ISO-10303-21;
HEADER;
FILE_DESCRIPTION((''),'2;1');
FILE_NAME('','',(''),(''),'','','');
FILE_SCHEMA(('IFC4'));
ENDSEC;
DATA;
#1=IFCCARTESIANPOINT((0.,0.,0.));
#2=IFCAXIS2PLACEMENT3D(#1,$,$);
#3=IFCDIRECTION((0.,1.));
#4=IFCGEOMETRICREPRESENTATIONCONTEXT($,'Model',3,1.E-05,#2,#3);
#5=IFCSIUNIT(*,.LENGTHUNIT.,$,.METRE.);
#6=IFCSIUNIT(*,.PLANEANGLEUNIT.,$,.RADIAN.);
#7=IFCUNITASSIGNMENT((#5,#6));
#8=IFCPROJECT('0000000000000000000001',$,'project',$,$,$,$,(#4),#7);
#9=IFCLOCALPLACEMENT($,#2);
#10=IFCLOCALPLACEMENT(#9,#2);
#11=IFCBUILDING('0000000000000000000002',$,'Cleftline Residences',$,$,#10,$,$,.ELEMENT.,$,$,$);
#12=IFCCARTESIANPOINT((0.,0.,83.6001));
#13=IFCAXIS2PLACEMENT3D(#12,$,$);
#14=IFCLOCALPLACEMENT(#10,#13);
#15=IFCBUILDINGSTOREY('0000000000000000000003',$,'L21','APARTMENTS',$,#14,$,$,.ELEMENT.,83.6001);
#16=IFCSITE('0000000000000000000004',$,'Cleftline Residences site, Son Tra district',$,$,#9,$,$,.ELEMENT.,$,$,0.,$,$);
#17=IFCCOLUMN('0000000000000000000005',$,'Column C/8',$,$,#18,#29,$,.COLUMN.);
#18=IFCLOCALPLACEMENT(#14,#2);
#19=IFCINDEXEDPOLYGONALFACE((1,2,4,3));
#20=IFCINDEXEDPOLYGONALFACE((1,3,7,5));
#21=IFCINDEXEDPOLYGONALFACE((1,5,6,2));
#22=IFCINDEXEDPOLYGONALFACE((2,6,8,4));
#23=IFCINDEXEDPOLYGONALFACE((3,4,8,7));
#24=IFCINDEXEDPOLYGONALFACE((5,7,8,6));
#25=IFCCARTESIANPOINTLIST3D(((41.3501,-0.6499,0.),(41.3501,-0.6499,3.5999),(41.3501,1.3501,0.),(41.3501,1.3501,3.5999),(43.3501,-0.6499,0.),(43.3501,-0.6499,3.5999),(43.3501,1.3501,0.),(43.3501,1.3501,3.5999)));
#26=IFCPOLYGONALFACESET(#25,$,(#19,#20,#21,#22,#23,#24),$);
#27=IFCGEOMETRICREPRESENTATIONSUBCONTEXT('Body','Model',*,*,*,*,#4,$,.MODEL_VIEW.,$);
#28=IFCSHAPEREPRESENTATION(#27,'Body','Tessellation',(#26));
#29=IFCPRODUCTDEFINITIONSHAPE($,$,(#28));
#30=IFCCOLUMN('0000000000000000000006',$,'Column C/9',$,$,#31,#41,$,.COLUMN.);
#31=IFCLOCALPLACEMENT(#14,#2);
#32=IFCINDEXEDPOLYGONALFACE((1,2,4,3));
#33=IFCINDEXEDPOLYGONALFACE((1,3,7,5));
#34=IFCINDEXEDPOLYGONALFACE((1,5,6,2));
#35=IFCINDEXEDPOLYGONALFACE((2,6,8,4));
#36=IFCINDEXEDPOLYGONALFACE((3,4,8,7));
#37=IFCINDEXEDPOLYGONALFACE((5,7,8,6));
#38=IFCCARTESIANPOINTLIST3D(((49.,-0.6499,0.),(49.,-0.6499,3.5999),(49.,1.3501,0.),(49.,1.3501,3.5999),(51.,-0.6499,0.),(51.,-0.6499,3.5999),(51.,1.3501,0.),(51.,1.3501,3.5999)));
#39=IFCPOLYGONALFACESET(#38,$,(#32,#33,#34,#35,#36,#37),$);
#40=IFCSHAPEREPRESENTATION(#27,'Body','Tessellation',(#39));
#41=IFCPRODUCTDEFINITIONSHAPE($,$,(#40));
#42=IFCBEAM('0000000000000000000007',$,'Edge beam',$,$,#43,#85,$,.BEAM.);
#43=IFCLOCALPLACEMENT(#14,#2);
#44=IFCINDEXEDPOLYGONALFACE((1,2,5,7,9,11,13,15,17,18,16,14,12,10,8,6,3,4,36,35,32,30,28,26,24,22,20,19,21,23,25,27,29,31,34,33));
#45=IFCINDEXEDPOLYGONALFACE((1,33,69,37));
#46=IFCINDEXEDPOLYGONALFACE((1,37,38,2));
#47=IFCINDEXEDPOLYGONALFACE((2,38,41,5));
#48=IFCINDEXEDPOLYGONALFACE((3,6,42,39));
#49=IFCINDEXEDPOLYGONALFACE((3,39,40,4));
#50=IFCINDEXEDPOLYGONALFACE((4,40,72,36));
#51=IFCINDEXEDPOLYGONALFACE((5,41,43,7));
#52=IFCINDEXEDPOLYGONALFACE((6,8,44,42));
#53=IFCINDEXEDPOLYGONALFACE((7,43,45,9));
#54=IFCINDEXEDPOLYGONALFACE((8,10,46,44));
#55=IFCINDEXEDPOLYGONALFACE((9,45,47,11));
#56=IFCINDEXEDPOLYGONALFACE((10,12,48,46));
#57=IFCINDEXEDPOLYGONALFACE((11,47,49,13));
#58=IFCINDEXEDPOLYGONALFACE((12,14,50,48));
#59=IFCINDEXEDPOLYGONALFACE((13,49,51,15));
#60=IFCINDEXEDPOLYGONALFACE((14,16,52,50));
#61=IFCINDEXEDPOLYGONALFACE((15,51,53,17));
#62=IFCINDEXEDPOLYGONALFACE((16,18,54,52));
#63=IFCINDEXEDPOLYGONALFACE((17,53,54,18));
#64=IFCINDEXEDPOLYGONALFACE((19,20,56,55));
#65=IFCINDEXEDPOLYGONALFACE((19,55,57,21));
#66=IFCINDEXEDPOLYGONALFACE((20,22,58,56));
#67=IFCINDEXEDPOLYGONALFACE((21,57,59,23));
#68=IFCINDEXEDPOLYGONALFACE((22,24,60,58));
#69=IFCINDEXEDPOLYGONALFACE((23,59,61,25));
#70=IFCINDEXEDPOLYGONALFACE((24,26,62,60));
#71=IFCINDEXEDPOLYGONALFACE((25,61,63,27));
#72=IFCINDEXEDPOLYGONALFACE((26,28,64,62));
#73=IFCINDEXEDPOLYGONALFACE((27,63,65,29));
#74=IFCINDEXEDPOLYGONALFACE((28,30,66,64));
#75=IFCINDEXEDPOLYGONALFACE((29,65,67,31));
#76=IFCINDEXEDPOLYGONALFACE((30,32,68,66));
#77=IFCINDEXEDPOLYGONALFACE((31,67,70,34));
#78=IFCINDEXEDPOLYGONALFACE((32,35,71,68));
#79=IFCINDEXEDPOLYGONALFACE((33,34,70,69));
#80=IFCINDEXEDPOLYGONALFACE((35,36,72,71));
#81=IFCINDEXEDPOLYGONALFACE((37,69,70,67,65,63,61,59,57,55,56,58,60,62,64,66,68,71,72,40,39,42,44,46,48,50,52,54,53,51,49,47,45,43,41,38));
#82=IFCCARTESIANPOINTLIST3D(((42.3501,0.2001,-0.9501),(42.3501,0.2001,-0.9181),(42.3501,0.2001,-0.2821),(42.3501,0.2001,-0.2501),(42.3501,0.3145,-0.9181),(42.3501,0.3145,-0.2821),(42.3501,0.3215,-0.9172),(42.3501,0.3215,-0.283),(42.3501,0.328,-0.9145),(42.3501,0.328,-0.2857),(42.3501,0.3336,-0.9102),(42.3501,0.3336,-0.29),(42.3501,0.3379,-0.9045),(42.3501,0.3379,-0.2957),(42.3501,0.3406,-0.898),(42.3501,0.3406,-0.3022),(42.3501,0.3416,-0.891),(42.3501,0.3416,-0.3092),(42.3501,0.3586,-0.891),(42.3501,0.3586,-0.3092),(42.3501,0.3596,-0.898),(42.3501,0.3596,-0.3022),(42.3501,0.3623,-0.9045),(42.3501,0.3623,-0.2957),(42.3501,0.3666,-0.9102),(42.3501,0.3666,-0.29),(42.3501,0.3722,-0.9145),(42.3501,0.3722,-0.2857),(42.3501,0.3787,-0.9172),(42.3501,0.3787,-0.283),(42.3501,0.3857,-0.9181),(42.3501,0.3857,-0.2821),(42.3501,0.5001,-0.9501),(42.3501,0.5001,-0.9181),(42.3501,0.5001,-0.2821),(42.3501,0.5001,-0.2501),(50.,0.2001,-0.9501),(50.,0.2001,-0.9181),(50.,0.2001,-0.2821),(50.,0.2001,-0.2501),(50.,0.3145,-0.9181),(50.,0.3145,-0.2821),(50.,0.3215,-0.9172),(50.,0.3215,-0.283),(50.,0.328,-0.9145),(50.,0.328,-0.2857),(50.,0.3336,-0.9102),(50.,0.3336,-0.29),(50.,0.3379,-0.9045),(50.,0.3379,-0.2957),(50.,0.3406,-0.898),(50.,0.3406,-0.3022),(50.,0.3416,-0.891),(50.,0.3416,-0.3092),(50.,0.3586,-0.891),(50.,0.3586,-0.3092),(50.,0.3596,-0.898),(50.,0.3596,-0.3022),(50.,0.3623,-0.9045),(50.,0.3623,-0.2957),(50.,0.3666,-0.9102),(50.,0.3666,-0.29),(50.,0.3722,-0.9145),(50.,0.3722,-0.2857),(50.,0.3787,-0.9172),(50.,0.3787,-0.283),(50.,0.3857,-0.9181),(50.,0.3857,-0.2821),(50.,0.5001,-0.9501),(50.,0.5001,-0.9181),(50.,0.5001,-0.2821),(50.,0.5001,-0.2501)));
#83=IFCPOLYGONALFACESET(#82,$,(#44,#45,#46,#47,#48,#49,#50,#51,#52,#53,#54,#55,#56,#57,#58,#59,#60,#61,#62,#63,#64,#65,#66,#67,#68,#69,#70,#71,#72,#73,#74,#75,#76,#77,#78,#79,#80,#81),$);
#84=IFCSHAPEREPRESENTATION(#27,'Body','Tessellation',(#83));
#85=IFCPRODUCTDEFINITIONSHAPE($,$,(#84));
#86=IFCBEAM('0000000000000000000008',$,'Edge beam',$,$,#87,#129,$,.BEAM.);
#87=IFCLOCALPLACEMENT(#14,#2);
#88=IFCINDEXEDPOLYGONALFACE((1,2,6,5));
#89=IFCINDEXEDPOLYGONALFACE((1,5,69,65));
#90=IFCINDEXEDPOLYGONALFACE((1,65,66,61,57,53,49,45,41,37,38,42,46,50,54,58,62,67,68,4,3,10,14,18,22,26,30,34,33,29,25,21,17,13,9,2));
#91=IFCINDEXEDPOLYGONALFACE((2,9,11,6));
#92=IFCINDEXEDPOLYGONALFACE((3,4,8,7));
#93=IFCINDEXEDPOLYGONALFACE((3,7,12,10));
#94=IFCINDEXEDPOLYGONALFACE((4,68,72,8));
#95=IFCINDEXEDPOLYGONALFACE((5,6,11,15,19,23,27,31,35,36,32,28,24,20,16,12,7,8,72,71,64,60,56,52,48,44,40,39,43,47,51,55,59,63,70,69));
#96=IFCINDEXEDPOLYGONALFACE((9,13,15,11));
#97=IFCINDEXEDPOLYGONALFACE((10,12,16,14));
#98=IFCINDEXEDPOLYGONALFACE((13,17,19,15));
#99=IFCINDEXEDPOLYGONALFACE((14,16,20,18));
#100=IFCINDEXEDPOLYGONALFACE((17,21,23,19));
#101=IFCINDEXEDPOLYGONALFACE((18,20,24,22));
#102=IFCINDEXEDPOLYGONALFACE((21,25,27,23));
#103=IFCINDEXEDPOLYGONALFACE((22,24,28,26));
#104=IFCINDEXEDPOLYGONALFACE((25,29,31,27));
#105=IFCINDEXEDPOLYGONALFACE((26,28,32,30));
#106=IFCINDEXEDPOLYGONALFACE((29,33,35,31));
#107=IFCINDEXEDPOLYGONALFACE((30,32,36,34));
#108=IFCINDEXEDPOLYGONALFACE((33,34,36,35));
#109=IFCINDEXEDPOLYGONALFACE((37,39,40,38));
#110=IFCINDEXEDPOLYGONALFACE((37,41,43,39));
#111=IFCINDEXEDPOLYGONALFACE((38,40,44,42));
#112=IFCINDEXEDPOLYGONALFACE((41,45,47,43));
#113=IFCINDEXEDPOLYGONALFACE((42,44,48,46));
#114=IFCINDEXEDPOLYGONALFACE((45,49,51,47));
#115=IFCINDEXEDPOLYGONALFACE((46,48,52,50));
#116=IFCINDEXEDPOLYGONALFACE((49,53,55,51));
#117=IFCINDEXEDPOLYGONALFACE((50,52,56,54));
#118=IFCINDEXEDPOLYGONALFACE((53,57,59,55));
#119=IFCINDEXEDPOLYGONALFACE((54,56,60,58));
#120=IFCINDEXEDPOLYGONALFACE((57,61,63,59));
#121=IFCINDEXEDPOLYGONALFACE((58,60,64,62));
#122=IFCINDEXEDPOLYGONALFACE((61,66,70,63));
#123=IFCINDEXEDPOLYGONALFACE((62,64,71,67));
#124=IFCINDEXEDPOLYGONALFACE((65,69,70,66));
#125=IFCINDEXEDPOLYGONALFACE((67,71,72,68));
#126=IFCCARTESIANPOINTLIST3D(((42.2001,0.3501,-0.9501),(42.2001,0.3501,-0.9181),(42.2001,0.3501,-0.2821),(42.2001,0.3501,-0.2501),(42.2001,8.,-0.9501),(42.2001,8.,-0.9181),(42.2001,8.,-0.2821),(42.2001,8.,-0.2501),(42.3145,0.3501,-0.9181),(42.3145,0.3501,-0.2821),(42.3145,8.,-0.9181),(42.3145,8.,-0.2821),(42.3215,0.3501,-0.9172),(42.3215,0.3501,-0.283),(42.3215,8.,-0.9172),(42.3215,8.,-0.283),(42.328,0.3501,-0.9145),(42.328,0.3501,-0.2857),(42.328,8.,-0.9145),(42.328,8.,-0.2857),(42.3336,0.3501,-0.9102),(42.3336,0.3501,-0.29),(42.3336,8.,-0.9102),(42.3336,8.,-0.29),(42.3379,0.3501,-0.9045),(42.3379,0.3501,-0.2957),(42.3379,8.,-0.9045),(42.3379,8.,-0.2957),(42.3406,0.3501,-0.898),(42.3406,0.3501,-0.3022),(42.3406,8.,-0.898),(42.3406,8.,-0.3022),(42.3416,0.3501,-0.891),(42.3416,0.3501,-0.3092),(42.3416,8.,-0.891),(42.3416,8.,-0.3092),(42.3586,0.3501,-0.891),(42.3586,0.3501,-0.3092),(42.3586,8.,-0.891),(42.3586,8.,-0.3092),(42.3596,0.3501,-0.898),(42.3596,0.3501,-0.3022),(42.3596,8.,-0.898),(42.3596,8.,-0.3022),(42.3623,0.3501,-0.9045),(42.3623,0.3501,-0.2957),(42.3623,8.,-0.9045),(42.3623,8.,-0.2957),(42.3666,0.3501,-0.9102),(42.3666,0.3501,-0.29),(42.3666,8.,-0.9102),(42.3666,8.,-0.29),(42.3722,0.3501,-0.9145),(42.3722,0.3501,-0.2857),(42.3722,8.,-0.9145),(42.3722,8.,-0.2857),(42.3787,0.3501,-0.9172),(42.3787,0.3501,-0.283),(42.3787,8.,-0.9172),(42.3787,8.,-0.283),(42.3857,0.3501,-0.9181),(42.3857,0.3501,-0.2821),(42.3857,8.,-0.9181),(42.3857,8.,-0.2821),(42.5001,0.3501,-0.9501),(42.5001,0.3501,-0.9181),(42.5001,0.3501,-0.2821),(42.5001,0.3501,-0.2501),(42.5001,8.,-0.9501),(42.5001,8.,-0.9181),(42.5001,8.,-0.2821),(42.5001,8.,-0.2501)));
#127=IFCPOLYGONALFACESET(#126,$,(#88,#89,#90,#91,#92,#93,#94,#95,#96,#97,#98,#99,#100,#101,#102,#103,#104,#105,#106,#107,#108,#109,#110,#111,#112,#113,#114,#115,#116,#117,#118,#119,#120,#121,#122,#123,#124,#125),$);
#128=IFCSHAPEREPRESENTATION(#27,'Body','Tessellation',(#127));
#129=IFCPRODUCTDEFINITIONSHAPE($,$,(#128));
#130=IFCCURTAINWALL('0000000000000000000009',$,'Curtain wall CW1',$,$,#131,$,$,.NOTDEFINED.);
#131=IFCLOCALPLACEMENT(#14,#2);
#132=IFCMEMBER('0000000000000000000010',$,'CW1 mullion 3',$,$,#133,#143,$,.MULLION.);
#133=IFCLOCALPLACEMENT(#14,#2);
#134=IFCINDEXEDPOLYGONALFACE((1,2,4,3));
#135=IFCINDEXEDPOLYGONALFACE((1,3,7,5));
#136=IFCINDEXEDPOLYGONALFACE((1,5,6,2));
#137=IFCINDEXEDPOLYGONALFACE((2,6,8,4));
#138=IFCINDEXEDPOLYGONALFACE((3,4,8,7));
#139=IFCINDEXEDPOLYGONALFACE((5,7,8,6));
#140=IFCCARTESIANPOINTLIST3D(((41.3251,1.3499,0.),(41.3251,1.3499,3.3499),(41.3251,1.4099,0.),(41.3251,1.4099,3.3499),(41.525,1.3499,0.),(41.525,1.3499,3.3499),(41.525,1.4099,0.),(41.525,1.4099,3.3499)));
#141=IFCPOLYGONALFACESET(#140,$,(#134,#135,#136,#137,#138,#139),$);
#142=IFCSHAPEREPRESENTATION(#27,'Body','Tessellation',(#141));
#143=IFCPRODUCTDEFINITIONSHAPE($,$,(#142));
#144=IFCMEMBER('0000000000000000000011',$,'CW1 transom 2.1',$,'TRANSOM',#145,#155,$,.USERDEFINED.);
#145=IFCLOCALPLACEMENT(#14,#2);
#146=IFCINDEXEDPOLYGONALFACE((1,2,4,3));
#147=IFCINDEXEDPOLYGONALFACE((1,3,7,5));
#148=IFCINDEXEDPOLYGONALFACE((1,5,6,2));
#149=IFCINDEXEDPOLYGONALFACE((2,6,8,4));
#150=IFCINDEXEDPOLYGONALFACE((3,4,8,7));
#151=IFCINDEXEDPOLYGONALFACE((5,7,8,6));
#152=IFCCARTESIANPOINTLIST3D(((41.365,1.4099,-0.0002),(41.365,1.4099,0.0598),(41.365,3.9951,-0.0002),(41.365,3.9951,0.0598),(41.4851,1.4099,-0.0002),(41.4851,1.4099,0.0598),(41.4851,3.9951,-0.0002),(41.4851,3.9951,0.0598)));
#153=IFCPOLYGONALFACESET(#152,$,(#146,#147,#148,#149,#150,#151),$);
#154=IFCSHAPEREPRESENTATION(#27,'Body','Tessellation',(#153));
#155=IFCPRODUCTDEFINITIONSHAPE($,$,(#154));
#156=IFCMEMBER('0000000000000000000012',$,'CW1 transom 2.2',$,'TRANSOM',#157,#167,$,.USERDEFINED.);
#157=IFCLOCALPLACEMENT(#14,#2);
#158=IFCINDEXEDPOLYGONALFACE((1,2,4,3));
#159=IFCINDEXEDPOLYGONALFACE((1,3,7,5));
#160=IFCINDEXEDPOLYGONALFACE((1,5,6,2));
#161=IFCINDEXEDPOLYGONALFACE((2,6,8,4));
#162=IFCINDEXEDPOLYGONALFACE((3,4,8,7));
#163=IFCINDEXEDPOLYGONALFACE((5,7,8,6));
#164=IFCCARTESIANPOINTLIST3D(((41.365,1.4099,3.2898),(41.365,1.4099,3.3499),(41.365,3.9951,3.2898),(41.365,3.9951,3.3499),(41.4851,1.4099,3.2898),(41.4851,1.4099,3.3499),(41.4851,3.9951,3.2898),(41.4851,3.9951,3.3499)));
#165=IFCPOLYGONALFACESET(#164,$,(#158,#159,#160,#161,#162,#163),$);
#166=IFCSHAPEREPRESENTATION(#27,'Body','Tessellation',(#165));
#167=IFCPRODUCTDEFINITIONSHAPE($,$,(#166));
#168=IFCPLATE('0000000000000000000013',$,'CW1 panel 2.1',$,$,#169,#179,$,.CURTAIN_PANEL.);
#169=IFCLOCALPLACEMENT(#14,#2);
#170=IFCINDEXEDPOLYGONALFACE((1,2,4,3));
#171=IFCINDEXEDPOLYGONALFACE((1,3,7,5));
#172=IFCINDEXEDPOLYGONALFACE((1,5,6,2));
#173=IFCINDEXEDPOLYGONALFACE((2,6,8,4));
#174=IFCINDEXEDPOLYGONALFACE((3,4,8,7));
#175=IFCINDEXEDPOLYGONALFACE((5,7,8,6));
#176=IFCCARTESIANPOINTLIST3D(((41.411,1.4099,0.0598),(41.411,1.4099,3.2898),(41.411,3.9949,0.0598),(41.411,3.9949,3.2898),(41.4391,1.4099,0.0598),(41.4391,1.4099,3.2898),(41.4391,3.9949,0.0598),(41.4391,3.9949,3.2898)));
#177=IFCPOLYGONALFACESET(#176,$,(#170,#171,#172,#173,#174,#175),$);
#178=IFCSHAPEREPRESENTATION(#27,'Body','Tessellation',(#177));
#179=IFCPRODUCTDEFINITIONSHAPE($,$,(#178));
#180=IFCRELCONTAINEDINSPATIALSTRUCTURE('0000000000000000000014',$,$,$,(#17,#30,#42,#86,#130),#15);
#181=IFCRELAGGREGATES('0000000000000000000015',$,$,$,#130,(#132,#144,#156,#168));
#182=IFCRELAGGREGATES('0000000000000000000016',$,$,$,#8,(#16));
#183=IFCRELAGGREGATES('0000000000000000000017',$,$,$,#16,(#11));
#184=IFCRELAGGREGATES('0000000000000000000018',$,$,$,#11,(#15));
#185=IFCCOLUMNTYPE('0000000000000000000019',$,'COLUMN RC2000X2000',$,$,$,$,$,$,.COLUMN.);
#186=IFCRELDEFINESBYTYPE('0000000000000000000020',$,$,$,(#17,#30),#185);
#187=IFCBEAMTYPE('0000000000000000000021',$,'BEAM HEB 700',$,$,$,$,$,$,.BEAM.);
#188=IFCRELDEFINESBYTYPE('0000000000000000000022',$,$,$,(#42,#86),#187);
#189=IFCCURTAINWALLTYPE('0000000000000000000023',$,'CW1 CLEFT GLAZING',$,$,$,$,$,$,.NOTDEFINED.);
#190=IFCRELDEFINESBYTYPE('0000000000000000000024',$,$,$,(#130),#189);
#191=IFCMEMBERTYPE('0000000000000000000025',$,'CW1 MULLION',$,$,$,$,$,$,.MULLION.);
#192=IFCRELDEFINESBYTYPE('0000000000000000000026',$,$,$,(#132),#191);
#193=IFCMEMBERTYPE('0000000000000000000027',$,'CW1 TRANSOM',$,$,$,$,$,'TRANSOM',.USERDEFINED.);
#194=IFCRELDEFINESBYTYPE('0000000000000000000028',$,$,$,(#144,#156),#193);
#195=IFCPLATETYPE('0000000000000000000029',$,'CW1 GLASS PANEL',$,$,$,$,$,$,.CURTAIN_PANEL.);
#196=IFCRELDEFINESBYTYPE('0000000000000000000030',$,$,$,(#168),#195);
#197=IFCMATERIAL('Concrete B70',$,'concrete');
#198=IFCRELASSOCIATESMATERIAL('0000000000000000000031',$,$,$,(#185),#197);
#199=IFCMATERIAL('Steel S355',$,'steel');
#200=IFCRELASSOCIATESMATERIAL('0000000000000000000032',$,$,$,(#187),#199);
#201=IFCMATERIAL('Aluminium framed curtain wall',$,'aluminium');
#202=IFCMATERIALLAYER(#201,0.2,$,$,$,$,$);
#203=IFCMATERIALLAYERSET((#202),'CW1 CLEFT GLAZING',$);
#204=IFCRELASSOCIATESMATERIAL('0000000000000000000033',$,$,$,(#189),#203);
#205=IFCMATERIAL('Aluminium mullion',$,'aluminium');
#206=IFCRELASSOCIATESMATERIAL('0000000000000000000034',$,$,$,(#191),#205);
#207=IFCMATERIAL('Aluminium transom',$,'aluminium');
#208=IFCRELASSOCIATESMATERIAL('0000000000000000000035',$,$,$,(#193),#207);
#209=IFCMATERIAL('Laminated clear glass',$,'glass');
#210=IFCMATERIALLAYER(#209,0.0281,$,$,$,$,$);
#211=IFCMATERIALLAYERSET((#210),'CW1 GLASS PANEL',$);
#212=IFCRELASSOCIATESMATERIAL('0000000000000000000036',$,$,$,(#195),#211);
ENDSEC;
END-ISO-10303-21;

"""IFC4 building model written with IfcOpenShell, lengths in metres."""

from ifc_helpers import new_model, si_unit, direction, frame, origin, origin_2d, place, context, subcontext, project, spatial, rectangle, i_section, extrude, material, layer, layer_set, material_profile, profile_set, type_object, element, aggregate, save


model = new_model("IFC4")

# Units and contexts
model_context = context("Model", 3, precision=1e-05, world=origin(), true_north=direction((0.0, 1.0)))
body_context = subcontext(model_context, "Body", "Model", "MODEL_VIEW")
ifc_project = project(units=[si_unit("LENGTHUNIT", "METRE"), si_unit("PLANEANGLEUNIT", "RADIAN")], contexts=[model_context])

# Site, building, storey
site_placement = place(None, origin())
site = spatial("IfcSite", under=ifc_project, at=site_placement, Name="Cleftline Residences site, Son Tra district", CompositionType="ELEMENT", RefElevation=0.0)
building_placement = place(site_placement, origin())
building = spatial("IfcBuilding", under=site, at=building_placement, Name="Cleftline Residences", CompositionType="ELEMENT")
storey_placement = place(building_placement, frame((0.0, 0.0, 83.6001)))
storey = spatial("IfcBuildingStorey", under=building, at=storey_placement, Name="L21", Description="APARTMENTS", CompositionType="ELEMENT", Elevation=83.6001)

# Columns
ifc_material_1 = material(Name="Concrete B70", Category="concrete")
ifc_material_profile_1 = material_profile(ifc_material_1, rectangle(XDim=2.0, YDim=2.0, at=origin_2d()))
ifc_profile_set_1 = profile_set([ifc_material_profile_1], Name="Concrete B70")
column_type = type_object("IfcColumnType", Name="COLUMN RC2000X2000", PredefinedType="COLUMN", material=ifc_profile_set_1)
for number, where, z_axis, x_axis, name in (
    (1, (42.3501, 0.3501, 0.0), (0.0, 0.0, 1.0), (1.0, 0.0, 0.0), "Column C/8"),
    (2, (50.0, 0.3501, 0.0), (0.0, 0.0, 1.0), (1.0, 0.0, 0.0), "Column C/9"),
):
    element("IfcColumn", number, at=place(storey_placement, frame(where, z_axis=z_axis, x_axis=x_axis)), inside=storey, type_object=column_type, Name=name, PredefinedType="COLUMN", context=body_context, shape_type="SweptSolid", body=[
        extrude(rectangle(XDim=2.0, YDim=2.0, at=origin_2d()), origin(), (0.0, 0.0, 1.0), 3.5999),
    ])

# Beams
ifc_material_2 = material(Name="Steel S355", Category="steel")
ifc_material_profile_2 = material_profile(ifc_material_2, i_section(OverallWidth=0.3, OverallDepth=0.7, WebThickness=0.0171, FlangeThickness=0.032, FilletRadius=0.0271, at=origin_2d()))
ifc_profile_set_2 = profile_set([ifc_material_profile_2], Name="Steel S355")
beam_type = type_object("IfcBeamType", Name="BEAM HEB 700", PredefinedType="BEAM", material=ifc_profile_set_2)
for number, where, z_axis, x_axis, name in (
    (3, (50.0, 0.3501, -0.6001), (-1.0, 0.0, 0.0), (0.0, -1.0, 0.0), "Edge beam"),
    (4, (42.3501, 0.3501, -0.6001), (0.0, 1.0, 0.0), (-1.0, 0.0, 0.0), "Edge beam"),
):
    element("IfcBeam", number, at=place(storey_placement, frame(where, z_axis=z_axis, x_axis=x_axis)), inside=storey, type_object=beam_type, Name=name, PredefinedType="BEAM", context=body_context, shape_type="SweptSolid", body=[
        extrude(i_section(OverallWidth=0.3, OverallDepth=0.7, WebThickness=0.0171, FlangeThickness=0.032, FilletRadius=0.0271, at=origin_2d()), origin(), (0.0, 0.0, 1.0), 7.6499),
    ])

# Curtain wall, members, plate
ifc_material_3 = material(Name="Aluminium framed curtain wall", Category="aluminium")
ifc_layer_1 = layer(ifc_material_3, 0.2)
ifc_layer_set_1 = layer_set([ifc_layer_1], Name="CW1 CLEFT GLAZING")
curtain_wall_type = type_object("IfcCurtainWallType", Name="CW1 CLEFT GLAZING", PredefinedType="NOTDEFINED", material=ifc_layer_set_1)
curtain_wall_placement = place(storey_placement, origin())
curtain_wall = element("IfcCurtainWall", 5, at=curtain_wall_placement, inside=storey, type_object=curtain_wall_type, Name="Curtain wall CW1", PredefinedType="NOTDEFINED")
ifc_material_4 = material(Name="Aluminium mullion", Category="aluminium")
ifc_material_profile_3 = material_profile(ifc_material_4, rectangle(XDim=0.2, YDim=0.0601, at=origin_2d()))
ifc_profile_set_3 = profile_set([ifc_material_profile_3], Name="Aluminium mullion")
member_type_1 = type_object("IfcMemberType", Name="CW1 MULLION", PredefinedType="MULLION", material=ifc_profile_set_3)
member_1_placement = place(storey_placement, frame((41.425, 1.3799, 0.0), z_axis=(0.0, 0.0, 1.0), x_axis=(1.0, 0.0, 0.0)))
member_1 = element("IfcMember", 6, at=member_1_placement, type_object=member_type_1, Name="CW1 mullion 3", PredefinedType="MULLION", context=body_context, shape_type="SweptSolid", body=[
    extrude(rectangle(XDim=0.2, YDim=0.0601, at=origin_2d()), origin(), (0.0, 0.0, 1.0), 3.3499),
])
ifc_material_5 = material(Name="Aluminium transom", Category="aluminium")
ifc_material_profile_4 = material_profile(ifc_material_5, rectangle(XDim=0.1201, YDim=0.0601, at=origin_2d()))
ifc_profile_set_4 = profile_set([ifc_material_profile_4], Name="Aluminium transom")
member_type_2 = type_object("IfcMemberType", Name="CW1 TRANSOM", ElementType="TRANSOM", PredefinedType="USERDEFINED", material=ifc_profile_set_4)
member_2_placement = place(storey_placement, frame((41.425, 3.9951, 0.0298), z_axis=(0.0, -1.0, 0.0), x_axis=(1.0, 0.0, 0.0)))
member_2 = element("IfcMember", 7, at=member_2_placement, type_object=member_type_2, Name="CW1 transom 2.1", ObjectType="TRANSOM", PredefinedType="USERDEFINED", context=body_context, shape_type="SweptSolid", body=[
    extrude(rectangle(XDim=0.1201, YDim=0.0601, at=origin_2d()), origin(), (0.0, 0.0, 1.0), 2.5852),
])
member_3_placement = place(storey_placement, frame((41.425, 3.9951, 3.3198), z_axis=(0.0, -1.0, 0.0), x_axis=(1.0, 0.0, 0.0)))
member_3 = element("IfcMember", 8, at=member_3_placement, type_object=member_type_2, Name="CW1 transom 2.2", ObjectType="TRANSOM", PredefinedType="USERDEFINED", context=body_context, shape_type="SweptSolid", body=[
    extrude(rectangle(XDim=0.1201, YDim=0.0601, at=origin_2d()), origin(), (0.0, 0.0, 1.0), 2.5852),
])
ifc_material_6 = material(Name="Laminated clear glass", Category="glass")
ifc_layer_2 = layer(ifc_material_6, 0.0281)
ifc_layer_set_2 = layer_set([ifc_layer_2], Name="CW1 GLASS PANEL")
plate_type = type_object("IfcPlateType", Name="CW1 GLASS PANEL", PredefinedType="CURTAIN_PANEL", material=ifc_layer_set_2)
plate_placement = place(storey_placement, frame((41.425, 2.7024, 0.0598), z_axis=(0.0, 0.0, 1.0), x_axis=(0.0, -1.0, 0.0)))
plate = element("IfcPlate", 9, at=plate_placement, type_object=plate_type, Name="CW1 panel 2.1", PredefinedType="CURTAIN_PANEL", context=body_context, shape_type="SweptSolid", body=[
    extrude(rectangle(XDim=2.585, YDim=0.0281, at=origin_2d()), origin(), (0.0, 0.0, 1.0), 3.23),
])
aggregate(curtain_wall, [member_1, member_2, member_3, plate])

save(model, "model.ifc")
